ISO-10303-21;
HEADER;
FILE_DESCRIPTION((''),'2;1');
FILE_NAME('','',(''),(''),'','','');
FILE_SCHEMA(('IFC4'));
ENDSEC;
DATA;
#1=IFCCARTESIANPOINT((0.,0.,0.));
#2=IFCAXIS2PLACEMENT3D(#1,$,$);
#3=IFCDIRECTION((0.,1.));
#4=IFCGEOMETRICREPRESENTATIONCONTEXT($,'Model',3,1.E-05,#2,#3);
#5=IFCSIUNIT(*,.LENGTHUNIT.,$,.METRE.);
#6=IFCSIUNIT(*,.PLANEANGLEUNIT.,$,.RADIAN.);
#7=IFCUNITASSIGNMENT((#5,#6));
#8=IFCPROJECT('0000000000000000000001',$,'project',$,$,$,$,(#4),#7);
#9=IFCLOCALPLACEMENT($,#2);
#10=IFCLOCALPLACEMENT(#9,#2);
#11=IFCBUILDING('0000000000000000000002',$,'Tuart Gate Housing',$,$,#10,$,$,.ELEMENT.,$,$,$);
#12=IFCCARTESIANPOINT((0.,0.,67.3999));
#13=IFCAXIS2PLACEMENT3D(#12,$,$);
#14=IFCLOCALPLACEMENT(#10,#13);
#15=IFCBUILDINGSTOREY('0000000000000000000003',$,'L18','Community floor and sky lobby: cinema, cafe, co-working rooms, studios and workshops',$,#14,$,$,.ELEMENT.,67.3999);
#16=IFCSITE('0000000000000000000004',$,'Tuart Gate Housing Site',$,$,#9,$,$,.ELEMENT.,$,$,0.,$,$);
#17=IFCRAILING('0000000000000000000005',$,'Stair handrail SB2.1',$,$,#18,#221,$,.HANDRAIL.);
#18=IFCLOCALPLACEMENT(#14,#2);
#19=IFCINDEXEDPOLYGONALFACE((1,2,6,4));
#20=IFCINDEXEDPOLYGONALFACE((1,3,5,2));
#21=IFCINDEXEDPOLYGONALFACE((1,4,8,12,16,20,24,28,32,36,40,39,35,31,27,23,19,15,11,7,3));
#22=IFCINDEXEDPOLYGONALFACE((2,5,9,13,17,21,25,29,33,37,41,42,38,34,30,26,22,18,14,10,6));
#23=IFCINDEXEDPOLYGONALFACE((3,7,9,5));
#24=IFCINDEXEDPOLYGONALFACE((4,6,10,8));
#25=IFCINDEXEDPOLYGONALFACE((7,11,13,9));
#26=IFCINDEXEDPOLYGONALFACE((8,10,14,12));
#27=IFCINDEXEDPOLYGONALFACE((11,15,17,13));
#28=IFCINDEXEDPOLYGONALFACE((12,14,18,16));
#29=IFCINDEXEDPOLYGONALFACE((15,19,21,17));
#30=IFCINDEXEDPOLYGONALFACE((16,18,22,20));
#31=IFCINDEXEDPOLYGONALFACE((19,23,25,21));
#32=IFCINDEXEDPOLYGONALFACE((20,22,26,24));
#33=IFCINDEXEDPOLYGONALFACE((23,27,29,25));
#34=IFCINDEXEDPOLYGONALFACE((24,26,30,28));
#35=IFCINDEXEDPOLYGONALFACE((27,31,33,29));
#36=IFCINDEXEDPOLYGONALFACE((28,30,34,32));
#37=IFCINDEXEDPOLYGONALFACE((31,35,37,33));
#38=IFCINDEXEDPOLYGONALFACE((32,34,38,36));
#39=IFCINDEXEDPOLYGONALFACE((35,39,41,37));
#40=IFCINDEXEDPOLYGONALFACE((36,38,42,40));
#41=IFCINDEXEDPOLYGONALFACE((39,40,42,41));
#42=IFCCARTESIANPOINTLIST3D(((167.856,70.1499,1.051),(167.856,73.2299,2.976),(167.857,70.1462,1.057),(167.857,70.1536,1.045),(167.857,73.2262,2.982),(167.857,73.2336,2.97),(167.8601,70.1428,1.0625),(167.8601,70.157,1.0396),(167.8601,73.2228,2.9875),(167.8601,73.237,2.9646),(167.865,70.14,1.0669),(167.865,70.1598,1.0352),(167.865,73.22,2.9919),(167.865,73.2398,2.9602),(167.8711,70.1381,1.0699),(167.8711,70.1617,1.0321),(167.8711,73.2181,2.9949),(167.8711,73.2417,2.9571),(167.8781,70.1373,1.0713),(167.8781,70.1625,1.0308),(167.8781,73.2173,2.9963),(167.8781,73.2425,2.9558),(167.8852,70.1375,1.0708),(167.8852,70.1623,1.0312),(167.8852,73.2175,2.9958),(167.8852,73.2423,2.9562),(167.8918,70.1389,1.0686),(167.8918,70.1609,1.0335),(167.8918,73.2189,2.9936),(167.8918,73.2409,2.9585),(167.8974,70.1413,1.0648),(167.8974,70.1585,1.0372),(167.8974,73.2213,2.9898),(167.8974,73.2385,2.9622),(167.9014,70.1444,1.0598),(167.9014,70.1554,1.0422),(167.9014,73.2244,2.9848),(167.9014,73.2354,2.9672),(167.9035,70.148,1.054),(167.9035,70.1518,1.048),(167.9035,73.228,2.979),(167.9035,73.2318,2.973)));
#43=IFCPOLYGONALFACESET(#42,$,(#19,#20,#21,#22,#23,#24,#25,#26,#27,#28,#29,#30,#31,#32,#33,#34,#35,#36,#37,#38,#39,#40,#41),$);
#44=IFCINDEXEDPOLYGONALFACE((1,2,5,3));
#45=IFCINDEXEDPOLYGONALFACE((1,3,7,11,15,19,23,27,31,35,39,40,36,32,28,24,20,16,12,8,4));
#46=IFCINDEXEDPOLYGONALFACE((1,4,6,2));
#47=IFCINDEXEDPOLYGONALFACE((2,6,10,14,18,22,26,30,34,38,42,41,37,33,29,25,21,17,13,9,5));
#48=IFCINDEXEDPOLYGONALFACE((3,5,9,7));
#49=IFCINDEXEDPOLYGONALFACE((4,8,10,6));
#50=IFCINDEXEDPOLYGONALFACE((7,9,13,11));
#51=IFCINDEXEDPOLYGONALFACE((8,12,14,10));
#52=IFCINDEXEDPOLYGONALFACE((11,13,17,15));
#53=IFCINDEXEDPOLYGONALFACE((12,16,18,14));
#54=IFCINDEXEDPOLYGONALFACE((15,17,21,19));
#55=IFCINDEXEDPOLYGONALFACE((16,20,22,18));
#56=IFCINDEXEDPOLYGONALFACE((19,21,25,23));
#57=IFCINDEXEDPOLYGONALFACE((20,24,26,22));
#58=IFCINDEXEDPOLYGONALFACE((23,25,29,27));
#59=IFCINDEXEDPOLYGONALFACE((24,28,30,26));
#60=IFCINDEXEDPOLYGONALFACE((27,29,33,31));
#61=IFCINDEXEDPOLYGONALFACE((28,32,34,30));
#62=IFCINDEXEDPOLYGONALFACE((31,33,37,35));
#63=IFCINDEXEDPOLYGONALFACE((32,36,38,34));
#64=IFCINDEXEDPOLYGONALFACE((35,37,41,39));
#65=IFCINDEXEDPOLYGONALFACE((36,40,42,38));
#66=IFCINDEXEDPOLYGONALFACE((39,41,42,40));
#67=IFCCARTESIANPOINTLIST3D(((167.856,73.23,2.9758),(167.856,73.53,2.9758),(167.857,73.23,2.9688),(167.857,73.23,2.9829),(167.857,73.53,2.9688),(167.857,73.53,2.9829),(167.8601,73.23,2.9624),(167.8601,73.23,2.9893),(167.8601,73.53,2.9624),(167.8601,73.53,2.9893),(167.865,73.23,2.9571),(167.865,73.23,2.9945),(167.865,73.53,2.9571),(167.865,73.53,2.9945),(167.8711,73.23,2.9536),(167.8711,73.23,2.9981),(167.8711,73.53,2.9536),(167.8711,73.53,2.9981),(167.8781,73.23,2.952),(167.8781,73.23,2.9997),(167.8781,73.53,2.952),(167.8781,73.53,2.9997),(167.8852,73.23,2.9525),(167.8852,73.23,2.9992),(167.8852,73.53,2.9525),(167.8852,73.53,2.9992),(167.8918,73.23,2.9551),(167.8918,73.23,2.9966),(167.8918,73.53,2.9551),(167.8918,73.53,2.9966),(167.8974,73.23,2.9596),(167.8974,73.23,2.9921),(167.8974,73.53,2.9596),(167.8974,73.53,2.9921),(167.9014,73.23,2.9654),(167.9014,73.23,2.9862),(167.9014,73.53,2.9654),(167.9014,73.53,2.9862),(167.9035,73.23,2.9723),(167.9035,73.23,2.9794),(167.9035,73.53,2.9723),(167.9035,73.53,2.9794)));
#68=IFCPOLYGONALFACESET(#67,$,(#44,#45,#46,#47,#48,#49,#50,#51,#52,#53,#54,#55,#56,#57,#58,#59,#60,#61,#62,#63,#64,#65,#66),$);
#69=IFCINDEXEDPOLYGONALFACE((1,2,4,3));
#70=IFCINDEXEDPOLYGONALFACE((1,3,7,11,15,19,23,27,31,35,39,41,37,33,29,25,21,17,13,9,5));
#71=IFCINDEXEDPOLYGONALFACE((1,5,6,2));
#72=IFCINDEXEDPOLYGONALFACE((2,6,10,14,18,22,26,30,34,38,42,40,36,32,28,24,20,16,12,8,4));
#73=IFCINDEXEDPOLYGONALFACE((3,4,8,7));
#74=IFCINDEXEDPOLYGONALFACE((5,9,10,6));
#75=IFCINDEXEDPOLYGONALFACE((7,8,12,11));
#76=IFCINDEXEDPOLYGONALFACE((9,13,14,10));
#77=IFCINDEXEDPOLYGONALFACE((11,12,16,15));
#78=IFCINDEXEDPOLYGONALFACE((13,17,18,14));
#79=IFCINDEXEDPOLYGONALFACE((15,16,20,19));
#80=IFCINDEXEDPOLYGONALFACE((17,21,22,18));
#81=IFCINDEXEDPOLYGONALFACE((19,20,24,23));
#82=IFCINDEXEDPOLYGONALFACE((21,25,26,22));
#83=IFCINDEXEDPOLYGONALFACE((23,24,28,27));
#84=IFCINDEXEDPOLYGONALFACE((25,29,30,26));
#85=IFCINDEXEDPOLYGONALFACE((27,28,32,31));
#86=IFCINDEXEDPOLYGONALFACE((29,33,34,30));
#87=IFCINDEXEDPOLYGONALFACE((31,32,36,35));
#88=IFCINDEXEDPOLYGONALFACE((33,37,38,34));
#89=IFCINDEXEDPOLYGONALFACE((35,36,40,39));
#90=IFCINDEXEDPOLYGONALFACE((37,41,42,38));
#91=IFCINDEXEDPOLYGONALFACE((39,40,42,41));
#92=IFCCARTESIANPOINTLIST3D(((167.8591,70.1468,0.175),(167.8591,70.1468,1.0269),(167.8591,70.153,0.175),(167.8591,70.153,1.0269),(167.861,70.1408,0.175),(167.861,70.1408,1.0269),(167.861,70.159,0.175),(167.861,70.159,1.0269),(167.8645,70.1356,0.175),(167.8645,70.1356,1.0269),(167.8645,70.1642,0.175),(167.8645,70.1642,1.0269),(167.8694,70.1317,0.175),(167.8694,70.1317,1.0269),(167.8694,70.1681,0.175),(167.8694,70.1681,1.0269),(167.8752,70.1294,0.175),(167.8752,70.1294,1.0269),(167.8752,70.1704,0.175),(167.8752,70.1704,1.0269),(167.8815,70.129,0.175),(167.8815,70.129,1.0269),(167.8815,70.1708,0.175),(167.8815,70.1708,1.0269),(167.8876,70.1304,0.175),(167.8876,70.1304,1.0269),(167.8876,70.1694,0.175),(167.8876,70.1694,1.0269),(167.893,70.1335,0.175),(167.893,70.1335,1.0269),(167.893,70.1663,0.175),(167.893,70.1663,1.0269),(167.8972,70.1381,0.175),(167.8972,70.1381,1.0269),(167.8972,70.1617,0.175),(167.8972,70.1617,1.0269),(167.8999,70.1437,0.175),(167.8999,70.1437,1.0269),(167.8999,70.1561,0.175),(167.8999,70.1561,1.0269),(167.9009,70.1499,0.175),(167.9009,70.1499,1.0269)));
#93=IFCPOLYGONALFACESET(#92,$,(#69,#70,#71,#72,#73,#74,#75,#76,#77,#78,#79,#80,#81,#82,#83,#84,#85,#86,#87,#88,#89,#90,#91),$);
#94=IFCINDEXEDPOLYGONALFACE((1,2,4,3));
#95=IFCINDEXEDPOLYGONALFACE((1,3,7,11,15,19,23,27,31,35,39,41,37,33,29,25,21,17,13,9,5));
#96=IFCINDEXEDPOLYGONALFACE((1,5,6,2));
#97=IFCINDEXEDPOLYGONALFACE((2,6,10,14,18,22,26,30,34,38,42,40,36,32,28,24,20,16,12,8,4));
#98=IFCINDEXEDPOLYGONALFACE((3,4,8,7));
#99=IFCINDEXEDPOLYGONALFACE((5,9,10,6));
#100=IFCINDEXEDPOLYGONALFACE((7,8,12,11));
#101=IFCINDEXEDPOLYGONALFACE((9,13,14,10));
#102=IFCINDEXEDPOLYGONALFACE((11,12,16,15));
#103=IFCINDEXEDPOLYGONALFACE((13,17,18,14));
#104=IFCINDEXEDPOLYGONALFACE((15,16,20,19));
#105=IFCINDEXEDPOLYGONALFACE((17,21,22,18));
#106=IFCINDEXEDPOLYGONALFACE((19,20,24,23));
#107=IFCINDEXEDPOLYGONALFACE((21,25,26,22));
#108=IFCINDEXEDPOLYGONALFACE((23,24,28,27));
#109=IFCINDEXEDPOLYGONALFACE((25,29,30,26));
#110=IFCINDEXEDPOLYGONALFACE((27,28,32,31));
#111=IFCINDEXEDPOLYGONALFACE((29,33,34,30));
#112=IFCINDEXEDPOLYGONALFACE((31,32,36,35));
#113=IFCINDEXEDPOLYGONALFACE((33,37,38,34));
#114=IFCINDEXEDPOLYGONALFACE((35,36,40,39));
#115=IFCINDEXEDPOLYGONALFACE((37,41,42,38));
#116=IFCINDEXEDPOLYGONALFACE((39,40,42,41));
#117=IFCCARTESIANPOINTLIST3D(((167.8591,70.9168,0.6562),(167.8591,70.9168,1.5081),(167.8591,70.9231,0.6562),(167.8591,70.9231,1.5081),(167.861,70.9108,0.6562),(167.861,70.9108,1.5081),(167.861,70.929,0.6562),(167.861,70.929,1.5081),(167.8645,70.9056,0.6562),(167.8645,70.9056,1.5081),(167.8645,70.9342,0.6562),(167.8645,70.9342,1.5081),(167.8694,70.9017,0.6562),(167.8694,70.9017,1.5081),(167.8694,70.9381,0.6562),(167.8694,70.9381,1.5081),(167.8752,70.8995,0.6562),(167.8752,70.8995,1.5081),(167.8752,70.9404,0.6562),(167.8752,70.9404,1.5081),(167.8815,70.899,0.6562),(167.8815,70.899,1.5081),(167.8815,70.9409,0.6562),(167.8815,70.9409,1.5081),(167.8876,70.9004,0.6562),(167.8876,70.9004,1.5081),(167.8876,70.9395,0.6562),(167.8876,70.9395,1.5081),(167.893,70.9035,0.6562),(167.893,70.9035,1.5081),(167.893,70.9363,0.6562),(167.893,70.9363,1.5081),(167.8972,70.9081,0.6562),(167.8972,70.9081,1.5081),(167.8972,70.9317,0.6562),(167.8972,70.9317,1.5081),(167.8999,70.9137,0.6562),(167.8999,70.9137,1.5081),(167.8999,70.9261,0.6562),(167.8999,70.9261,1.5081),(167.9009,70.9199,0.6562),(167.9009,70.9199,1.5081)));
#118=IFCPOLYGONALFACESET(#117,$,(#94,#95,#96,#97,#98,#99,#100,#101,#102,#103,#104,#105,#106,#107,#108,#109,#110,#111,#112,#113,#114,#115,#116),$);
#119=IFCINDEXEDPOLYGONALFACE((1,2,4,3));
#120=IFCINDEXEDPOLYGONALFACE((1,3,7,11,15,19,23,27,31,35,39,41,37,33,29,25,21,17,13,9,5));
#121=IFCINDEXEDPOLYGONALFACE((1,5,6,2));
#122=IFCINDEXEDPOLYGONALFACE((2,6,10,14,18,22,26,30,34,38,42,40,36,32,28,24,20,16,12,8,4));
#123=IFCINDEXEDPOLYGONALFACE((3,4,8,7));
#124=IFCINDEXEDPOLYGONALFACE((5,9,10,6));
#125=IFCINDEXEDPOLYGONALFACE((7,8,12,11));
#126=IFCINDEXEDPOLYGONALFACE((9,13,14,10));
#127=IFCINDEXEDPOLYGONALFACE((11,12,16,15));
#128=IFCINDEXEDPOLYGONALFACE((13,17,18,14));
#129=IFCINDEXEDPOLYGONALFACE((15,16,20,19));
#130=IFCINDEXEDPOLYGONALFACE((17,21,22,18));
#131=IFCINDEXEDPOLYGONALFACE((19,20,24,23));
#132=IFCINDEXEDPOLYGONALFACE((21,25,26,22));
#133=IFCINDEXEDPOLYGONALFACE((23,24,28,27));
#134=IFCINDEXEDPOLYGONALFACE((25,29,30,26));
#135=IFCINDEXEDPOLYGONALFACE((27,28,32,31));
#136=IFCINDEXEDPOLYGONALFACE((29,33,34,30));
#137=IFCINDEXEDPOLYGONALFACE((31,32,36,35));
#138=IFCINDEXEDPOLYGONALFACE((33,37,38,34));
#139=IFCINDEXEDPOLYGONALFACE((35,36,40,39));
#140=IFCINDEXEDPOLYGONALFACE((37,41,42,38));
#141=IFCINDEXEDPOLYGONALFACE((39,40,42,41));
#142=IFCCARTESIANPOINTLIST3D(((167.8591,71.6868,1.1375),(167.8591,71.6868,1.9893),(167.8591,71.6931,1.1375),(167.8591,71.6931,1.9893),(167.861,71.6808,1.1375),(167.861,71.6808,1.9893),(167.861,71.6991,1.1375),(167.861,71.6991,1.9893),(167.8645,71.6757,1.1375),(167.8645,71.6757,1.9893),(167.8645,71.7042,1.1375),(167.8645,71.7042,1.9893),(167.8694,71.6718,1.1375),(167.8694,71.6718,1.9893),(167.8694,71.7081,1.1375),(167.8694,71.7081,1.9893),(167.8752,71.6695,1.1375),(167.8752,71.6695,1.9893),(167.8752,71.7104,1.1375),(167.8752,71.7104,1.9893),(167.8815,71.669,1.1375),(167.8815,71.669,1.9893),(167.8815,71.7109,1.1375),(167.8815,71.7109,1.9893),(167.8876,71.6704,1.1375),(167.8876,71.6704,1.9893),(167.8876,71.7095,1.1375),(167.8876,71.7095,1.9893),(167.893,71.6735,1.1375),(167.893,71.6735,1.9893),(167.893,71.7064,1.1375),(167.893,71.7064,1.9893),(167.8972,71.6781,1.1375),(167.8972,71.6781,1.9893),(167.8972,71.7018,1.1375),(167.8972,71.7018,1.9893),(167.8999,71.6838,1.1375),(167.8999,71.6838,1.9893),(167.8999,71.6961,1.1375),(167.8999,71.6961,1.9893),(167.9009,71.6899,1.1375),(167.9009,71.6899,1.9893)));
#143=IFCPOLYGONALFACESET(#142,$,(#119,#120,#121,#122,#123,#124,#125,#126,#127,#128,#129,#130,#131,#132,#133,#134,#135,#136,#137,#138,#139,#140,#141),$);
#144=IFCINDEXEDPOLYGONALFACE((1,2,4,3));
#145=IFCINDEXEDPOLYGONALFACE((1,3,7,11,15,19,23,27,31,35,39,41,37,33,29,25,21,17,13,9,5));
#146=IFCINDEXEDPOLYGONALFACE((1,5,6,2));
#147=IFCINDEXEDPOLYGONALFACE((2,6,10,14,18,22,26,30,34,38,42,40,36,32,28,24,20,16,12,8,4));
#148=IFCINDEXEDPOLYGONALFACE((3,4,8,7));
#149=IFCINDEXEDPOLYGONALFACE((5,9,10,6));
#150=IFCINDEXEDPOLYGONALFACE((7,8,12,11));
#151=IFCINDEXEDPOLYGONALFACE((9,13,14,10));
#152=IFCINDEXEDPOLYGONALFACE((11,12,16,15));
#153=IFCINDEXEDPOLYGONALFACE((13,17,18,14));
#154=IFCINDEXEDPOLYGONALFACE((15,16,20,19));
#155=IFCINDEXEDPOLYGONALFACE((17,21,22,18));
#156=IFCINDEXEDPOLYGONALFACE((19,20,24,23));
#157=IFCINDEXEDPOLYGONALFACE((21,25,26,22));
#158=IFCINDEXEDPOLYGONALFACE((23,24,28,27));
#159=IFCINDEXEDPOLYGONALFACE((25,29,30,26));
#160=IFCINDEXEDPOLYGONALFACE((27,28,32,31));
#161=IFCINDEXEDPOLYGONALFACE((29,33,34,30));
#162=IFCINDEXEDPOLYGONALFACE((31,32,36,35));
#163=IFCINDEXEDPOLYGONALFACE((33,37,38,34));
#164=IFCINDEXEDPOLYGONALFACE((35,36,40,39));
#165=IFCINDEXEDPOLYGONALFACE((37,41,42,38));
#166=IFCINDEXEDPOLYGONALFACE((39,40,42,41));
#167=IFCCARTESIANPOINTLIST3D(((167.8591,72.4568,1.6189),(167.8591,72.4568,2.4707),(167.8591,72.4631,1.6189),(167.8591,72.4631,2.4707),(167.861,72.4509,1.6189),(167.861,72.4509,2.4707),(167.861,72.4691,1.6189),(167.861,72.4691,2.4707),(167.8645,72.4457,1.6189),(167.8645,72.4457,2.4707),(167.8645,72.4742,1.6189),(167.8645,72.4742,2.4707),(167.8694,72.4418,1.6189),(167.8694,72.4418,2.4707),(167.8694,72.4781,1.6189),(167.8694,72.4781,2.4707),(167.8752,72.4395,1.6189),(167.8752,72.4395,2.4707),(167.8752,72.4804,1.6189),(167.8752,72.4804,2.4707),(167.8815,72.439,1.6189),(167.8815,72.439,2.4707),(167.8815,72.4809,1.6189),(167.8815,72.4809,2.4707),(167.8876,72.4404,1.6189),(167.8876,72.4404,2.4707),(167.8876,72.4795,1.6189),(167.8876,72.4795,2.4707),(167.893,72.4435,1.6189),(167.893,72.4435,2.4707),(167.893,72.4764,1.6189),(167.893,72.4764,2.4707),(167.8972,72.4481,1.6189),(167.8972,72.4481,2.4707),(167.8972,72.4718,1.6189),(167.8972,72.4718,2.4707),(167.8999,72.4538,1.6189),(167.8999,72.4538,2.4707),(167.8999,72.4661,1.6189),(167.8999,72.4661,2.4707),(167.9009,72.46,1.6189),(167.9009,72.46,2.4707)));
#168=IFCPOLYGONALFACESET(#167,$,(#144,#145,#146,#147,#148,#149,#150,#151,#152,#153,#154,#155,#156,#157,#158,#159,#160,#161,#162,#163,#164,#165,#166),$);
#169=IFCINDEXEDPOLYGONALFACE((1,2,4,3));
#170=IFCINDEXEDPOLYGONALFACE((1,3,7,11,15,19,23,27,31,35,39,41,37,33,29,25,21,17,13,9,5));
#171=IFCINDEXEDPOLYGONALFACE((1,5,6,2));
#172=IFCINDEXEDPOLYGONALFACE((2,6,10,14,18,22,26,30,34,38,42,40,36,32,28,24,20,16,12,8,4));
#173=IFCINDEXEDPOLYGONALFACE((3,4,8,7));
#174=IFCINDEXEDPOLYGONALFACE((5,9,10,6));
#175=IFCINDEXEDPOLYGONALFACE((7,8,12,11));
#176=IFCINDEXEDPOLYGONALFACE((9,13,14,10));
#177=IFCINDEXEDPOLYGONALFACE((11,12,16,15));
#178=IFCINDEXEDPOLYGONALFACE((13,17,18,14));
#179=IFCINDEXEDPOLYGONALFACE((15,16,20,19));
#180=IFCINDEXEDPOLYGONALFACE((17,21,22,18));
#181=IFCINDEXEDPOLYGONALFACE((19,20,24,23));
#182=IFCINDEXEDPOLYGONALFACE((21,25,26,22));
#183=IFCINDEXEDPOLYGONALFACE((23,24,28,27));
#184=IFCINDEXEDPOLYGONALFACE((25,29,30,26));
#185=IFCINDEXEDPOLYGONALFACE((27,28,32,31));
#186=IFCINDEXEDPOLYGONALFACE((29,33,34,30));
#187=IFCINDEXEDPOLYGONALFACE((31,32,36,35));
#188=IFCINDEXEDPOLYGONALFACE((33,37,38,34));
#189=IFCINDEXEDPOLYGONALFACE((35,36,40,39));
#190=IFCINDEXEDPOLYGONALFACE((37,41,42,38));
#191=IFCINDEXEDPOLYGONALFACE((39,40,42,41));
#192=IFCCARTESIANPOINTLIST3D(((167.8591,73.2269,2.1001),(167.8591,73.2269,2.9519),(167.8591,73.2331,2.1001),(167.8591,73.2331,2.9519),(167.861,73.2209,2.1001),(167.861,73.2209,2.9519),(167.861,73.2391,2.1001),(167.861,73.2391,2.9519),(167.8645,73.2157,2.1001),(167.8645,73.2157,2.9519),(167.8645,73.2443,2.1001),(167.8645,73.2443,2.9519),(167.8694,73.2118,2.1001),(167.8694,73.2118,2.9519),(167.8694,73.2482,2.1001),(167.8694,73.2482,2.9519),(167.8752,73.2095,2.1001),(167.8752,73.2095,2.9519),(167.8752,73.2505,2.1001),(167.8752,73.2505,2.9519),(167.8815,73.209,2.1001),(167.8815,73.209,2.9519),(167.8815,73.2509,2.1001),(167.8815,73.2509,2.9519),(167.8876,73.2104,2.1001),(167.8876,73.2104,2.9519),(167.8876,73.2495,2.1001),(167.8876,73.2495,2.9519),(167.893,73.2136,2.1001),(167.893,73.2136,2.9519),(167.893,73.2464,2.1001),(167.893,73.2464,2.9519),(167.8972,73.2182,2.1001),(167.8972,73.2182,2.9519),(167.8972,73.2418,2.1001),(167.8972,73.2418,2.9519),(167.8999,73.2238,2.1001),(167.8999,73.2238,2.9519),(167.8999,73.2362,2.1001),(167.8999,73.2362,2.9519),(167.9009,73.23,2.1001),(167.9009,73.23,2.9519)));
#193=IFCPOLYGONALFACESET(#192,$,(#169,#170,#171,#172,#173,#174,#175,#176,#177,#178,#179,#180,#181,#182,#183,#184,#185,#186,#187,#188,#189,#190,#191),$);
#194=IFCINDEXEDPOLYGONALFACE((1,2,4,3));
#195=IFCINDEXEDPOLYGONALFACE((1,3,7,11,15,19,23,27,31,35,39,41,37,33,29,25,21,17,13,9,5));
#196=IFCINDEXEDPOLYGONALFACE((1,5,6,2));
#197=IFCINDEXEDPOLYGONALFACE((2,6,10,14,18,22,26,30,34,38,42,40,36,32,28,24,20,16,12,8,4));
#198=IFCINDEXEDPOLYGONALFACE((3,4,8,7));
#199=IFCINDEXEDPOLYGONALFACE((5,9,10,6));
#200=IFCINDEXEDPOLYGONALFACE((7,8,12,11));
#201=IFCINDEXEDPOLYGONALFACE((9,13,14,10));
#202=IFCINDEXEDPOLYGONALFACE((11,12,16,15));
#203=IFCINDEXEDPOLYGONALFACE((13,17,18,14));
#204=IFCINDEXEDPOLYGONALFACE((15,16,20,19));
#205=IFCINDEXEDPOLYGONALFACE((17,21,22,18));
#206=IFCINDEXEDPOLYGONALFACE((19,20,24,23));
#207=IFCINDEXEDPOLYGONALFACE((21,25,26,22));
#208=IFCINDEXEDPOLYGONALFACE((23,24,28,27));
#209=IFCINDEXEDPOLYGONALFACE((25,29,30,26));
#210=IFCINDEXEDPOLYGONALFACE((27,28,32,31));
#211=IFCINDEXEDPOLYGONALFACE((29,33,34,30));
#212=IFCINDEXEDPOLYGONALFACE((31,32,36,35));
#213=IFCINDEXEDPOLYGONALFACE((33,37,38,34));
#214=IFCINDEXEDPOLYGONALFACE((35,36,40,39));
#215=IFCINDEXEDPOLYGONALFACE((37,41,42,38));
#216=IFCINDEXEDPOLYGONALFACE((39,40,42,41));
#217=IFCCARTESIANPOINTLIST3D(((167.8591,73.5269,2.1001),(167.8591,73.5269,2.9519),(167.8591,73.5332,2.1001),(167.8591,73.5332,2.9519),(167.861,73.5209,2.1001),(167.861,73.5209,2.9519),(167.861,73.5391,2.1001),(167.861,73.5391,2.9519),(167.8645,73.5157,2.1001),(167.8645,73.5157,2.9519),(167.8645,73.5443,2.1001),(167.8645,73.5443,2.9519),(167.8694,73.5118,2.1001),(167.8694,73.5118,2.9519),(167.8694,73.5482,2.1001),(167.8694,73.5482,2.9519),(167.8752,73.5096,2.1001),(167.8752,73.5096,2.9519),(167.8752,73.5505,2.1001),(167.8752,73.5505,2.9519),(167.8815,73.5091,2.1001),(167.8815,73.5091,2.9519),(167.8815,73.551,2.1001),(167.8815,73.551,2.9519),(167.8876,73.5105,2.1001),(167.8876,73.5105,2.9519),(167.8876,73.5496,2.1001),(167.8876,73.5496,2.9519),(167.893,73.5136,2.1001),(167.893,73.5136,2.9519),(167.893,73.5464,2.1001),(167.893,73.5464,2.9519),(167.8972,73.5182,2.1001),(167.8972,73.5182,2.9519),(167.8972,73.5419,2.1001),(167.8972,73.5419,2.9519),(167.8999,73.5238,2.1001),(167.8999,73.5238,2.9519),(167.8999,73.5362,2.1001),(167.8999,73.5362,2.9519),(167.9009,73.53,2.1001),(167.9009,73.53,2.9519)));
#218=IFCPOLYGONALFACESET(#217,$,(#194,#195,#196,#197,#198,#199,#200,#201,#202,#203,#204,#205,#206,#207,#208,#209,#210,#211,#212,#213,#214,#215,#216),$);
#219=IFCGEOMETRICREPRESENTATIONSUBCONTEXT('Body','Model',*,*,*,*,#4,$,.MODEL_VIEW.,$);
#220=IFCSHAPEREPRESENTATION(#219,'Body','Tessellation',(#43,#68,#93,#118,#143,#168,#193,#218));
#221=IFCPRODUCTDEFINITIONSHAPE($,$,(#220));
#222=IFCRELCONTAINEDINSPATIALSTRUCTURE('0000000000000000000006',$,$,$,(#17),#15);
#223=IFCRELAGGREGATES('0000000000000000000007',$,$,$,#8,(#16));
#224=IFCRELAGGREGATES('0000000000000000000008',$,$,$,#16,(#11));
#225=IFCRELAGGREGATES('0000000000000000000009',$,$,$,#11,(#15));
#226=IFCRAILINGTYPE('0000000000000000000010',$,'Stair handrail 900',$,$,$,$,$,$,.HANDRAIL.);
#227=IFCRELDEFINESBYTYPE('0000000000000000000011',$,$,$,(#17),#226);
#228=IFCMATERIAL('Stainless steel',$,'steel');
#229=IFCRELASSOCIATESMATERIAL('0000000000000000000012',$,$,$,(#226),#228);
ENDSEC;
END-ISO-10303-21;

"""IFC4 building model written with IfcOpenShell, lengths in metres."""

from ifc_helpers import new_model, si_unit, direction, frame, origin, origin_2d, place, context, subcontext, project, spatial, circle, extrude, material, type_object, element, save


model = new_model("IFC4")

# Units and contexts
model_context = context("Model", 3, precision=1e-05, world=origin(), true_north=direction((0.0, 1.0)))
body_context = subcontext(model_context, "Body", "Model", "MODEL_VIEW")
ifc_project = project(units=[si_unit("LENGTHUNIT", "METRE"), si_unit("PLANEANGLEUNIT", "RADIAN")], contexts=[model_context])

# Site, building, storey
site_placement = place(None, origin())
site = spatial("IfcSite", under=ifc_project, at=site_placement, Name="Tuart Gate Housing Site", CompositionType="ELEMENT", RefElevation=0.0)
building_placement = place(site_placement, origin())
building = spatial("IfcBuilding", under=site, at=building_placement, Name="Tuart Gate Housing", CompositionType="ELEMENT")
storey_placement = place(building_placement, frame((0.0, 0.0, 67.3999)))
storey = spatial("IfcBuildingStorey", under=building, at=storey_placement, Name="L18", Description="Community floor and sky lobby: cinema, cafe, co-working rooms, studios and workshops", CompositionType="ELEMENT", Elevation=67.3999)

# Railing
ifc_material_1 = material(Name="Stainless steel", Category="steel")
railing_type = type_object("IfcRailingType", Name="Stair handrail 900", PredefinedType="HANDRAIL", material=ifc_material_1)
railing_placement = place(storey_placement, frame((167.8799, 70.1499, 0.175)))
element("IfcRailing", 1, at=railing_placement, inside=storey, type_object=railing_type, Name="Stair handrail SB2.1", PredefinedType="HANDRAIL", context=body_context, shape_type="SweptSolid", body=[
    extrude(circle(Radius=0.0239, at=origin_2d()), frame((0.0, 0.0, 0.876), z_axis=(0.0, 0.847998, 0.529999), x_axis=(-1.0, 0.0, 0.0)), (0.0, 0.0, 1.0), 3.6321),
    extrude(circle(Radius=0.0239, at=origin_2d()), frame((0.0, 3.0801, 2.8008), z_axis=(0.0, 1.0, 0.0), x_axis=(-1.0, 0.0, 0.0)), (0.0, 0.0, 1.0), 0.3),
    extrude(circle(Radius=0.021, at=origin_2d()), origin(), (0.0, 0.0, 1.0), 0.8518),
    extrude(circle(Radius=0.021, at=origin_2d()), frame((0.0, 0.77, 0.4812)), (0.0, 0.0, 1.0), 0.8518),
    extrude(circle(Radius=0.021, at=origin_2d()), frame((0.0, 1.54, 0.9624)), (0.0, 0.0, 1.0), 0.8518),
    extrude(circle(Radius=0.021, at=origin_2d()), frame((0.0, 2.3101, 1.4438)), (0.0, 0.0, 1.0), 0.8518),
    extrude(circle(Radius=0.021, at=origin_2d()), frame((0.0, 3.0801, 1.925)), (0.0, 0.0, 1.0), 0.8518),
    extrude(circle(Radius=0.021, at=origin_2d()), frame((0.0, 3.3801, 1.925)), (0.0, 0.0, 1.0), 0.8518),
])

save(model, "model.ifc")
